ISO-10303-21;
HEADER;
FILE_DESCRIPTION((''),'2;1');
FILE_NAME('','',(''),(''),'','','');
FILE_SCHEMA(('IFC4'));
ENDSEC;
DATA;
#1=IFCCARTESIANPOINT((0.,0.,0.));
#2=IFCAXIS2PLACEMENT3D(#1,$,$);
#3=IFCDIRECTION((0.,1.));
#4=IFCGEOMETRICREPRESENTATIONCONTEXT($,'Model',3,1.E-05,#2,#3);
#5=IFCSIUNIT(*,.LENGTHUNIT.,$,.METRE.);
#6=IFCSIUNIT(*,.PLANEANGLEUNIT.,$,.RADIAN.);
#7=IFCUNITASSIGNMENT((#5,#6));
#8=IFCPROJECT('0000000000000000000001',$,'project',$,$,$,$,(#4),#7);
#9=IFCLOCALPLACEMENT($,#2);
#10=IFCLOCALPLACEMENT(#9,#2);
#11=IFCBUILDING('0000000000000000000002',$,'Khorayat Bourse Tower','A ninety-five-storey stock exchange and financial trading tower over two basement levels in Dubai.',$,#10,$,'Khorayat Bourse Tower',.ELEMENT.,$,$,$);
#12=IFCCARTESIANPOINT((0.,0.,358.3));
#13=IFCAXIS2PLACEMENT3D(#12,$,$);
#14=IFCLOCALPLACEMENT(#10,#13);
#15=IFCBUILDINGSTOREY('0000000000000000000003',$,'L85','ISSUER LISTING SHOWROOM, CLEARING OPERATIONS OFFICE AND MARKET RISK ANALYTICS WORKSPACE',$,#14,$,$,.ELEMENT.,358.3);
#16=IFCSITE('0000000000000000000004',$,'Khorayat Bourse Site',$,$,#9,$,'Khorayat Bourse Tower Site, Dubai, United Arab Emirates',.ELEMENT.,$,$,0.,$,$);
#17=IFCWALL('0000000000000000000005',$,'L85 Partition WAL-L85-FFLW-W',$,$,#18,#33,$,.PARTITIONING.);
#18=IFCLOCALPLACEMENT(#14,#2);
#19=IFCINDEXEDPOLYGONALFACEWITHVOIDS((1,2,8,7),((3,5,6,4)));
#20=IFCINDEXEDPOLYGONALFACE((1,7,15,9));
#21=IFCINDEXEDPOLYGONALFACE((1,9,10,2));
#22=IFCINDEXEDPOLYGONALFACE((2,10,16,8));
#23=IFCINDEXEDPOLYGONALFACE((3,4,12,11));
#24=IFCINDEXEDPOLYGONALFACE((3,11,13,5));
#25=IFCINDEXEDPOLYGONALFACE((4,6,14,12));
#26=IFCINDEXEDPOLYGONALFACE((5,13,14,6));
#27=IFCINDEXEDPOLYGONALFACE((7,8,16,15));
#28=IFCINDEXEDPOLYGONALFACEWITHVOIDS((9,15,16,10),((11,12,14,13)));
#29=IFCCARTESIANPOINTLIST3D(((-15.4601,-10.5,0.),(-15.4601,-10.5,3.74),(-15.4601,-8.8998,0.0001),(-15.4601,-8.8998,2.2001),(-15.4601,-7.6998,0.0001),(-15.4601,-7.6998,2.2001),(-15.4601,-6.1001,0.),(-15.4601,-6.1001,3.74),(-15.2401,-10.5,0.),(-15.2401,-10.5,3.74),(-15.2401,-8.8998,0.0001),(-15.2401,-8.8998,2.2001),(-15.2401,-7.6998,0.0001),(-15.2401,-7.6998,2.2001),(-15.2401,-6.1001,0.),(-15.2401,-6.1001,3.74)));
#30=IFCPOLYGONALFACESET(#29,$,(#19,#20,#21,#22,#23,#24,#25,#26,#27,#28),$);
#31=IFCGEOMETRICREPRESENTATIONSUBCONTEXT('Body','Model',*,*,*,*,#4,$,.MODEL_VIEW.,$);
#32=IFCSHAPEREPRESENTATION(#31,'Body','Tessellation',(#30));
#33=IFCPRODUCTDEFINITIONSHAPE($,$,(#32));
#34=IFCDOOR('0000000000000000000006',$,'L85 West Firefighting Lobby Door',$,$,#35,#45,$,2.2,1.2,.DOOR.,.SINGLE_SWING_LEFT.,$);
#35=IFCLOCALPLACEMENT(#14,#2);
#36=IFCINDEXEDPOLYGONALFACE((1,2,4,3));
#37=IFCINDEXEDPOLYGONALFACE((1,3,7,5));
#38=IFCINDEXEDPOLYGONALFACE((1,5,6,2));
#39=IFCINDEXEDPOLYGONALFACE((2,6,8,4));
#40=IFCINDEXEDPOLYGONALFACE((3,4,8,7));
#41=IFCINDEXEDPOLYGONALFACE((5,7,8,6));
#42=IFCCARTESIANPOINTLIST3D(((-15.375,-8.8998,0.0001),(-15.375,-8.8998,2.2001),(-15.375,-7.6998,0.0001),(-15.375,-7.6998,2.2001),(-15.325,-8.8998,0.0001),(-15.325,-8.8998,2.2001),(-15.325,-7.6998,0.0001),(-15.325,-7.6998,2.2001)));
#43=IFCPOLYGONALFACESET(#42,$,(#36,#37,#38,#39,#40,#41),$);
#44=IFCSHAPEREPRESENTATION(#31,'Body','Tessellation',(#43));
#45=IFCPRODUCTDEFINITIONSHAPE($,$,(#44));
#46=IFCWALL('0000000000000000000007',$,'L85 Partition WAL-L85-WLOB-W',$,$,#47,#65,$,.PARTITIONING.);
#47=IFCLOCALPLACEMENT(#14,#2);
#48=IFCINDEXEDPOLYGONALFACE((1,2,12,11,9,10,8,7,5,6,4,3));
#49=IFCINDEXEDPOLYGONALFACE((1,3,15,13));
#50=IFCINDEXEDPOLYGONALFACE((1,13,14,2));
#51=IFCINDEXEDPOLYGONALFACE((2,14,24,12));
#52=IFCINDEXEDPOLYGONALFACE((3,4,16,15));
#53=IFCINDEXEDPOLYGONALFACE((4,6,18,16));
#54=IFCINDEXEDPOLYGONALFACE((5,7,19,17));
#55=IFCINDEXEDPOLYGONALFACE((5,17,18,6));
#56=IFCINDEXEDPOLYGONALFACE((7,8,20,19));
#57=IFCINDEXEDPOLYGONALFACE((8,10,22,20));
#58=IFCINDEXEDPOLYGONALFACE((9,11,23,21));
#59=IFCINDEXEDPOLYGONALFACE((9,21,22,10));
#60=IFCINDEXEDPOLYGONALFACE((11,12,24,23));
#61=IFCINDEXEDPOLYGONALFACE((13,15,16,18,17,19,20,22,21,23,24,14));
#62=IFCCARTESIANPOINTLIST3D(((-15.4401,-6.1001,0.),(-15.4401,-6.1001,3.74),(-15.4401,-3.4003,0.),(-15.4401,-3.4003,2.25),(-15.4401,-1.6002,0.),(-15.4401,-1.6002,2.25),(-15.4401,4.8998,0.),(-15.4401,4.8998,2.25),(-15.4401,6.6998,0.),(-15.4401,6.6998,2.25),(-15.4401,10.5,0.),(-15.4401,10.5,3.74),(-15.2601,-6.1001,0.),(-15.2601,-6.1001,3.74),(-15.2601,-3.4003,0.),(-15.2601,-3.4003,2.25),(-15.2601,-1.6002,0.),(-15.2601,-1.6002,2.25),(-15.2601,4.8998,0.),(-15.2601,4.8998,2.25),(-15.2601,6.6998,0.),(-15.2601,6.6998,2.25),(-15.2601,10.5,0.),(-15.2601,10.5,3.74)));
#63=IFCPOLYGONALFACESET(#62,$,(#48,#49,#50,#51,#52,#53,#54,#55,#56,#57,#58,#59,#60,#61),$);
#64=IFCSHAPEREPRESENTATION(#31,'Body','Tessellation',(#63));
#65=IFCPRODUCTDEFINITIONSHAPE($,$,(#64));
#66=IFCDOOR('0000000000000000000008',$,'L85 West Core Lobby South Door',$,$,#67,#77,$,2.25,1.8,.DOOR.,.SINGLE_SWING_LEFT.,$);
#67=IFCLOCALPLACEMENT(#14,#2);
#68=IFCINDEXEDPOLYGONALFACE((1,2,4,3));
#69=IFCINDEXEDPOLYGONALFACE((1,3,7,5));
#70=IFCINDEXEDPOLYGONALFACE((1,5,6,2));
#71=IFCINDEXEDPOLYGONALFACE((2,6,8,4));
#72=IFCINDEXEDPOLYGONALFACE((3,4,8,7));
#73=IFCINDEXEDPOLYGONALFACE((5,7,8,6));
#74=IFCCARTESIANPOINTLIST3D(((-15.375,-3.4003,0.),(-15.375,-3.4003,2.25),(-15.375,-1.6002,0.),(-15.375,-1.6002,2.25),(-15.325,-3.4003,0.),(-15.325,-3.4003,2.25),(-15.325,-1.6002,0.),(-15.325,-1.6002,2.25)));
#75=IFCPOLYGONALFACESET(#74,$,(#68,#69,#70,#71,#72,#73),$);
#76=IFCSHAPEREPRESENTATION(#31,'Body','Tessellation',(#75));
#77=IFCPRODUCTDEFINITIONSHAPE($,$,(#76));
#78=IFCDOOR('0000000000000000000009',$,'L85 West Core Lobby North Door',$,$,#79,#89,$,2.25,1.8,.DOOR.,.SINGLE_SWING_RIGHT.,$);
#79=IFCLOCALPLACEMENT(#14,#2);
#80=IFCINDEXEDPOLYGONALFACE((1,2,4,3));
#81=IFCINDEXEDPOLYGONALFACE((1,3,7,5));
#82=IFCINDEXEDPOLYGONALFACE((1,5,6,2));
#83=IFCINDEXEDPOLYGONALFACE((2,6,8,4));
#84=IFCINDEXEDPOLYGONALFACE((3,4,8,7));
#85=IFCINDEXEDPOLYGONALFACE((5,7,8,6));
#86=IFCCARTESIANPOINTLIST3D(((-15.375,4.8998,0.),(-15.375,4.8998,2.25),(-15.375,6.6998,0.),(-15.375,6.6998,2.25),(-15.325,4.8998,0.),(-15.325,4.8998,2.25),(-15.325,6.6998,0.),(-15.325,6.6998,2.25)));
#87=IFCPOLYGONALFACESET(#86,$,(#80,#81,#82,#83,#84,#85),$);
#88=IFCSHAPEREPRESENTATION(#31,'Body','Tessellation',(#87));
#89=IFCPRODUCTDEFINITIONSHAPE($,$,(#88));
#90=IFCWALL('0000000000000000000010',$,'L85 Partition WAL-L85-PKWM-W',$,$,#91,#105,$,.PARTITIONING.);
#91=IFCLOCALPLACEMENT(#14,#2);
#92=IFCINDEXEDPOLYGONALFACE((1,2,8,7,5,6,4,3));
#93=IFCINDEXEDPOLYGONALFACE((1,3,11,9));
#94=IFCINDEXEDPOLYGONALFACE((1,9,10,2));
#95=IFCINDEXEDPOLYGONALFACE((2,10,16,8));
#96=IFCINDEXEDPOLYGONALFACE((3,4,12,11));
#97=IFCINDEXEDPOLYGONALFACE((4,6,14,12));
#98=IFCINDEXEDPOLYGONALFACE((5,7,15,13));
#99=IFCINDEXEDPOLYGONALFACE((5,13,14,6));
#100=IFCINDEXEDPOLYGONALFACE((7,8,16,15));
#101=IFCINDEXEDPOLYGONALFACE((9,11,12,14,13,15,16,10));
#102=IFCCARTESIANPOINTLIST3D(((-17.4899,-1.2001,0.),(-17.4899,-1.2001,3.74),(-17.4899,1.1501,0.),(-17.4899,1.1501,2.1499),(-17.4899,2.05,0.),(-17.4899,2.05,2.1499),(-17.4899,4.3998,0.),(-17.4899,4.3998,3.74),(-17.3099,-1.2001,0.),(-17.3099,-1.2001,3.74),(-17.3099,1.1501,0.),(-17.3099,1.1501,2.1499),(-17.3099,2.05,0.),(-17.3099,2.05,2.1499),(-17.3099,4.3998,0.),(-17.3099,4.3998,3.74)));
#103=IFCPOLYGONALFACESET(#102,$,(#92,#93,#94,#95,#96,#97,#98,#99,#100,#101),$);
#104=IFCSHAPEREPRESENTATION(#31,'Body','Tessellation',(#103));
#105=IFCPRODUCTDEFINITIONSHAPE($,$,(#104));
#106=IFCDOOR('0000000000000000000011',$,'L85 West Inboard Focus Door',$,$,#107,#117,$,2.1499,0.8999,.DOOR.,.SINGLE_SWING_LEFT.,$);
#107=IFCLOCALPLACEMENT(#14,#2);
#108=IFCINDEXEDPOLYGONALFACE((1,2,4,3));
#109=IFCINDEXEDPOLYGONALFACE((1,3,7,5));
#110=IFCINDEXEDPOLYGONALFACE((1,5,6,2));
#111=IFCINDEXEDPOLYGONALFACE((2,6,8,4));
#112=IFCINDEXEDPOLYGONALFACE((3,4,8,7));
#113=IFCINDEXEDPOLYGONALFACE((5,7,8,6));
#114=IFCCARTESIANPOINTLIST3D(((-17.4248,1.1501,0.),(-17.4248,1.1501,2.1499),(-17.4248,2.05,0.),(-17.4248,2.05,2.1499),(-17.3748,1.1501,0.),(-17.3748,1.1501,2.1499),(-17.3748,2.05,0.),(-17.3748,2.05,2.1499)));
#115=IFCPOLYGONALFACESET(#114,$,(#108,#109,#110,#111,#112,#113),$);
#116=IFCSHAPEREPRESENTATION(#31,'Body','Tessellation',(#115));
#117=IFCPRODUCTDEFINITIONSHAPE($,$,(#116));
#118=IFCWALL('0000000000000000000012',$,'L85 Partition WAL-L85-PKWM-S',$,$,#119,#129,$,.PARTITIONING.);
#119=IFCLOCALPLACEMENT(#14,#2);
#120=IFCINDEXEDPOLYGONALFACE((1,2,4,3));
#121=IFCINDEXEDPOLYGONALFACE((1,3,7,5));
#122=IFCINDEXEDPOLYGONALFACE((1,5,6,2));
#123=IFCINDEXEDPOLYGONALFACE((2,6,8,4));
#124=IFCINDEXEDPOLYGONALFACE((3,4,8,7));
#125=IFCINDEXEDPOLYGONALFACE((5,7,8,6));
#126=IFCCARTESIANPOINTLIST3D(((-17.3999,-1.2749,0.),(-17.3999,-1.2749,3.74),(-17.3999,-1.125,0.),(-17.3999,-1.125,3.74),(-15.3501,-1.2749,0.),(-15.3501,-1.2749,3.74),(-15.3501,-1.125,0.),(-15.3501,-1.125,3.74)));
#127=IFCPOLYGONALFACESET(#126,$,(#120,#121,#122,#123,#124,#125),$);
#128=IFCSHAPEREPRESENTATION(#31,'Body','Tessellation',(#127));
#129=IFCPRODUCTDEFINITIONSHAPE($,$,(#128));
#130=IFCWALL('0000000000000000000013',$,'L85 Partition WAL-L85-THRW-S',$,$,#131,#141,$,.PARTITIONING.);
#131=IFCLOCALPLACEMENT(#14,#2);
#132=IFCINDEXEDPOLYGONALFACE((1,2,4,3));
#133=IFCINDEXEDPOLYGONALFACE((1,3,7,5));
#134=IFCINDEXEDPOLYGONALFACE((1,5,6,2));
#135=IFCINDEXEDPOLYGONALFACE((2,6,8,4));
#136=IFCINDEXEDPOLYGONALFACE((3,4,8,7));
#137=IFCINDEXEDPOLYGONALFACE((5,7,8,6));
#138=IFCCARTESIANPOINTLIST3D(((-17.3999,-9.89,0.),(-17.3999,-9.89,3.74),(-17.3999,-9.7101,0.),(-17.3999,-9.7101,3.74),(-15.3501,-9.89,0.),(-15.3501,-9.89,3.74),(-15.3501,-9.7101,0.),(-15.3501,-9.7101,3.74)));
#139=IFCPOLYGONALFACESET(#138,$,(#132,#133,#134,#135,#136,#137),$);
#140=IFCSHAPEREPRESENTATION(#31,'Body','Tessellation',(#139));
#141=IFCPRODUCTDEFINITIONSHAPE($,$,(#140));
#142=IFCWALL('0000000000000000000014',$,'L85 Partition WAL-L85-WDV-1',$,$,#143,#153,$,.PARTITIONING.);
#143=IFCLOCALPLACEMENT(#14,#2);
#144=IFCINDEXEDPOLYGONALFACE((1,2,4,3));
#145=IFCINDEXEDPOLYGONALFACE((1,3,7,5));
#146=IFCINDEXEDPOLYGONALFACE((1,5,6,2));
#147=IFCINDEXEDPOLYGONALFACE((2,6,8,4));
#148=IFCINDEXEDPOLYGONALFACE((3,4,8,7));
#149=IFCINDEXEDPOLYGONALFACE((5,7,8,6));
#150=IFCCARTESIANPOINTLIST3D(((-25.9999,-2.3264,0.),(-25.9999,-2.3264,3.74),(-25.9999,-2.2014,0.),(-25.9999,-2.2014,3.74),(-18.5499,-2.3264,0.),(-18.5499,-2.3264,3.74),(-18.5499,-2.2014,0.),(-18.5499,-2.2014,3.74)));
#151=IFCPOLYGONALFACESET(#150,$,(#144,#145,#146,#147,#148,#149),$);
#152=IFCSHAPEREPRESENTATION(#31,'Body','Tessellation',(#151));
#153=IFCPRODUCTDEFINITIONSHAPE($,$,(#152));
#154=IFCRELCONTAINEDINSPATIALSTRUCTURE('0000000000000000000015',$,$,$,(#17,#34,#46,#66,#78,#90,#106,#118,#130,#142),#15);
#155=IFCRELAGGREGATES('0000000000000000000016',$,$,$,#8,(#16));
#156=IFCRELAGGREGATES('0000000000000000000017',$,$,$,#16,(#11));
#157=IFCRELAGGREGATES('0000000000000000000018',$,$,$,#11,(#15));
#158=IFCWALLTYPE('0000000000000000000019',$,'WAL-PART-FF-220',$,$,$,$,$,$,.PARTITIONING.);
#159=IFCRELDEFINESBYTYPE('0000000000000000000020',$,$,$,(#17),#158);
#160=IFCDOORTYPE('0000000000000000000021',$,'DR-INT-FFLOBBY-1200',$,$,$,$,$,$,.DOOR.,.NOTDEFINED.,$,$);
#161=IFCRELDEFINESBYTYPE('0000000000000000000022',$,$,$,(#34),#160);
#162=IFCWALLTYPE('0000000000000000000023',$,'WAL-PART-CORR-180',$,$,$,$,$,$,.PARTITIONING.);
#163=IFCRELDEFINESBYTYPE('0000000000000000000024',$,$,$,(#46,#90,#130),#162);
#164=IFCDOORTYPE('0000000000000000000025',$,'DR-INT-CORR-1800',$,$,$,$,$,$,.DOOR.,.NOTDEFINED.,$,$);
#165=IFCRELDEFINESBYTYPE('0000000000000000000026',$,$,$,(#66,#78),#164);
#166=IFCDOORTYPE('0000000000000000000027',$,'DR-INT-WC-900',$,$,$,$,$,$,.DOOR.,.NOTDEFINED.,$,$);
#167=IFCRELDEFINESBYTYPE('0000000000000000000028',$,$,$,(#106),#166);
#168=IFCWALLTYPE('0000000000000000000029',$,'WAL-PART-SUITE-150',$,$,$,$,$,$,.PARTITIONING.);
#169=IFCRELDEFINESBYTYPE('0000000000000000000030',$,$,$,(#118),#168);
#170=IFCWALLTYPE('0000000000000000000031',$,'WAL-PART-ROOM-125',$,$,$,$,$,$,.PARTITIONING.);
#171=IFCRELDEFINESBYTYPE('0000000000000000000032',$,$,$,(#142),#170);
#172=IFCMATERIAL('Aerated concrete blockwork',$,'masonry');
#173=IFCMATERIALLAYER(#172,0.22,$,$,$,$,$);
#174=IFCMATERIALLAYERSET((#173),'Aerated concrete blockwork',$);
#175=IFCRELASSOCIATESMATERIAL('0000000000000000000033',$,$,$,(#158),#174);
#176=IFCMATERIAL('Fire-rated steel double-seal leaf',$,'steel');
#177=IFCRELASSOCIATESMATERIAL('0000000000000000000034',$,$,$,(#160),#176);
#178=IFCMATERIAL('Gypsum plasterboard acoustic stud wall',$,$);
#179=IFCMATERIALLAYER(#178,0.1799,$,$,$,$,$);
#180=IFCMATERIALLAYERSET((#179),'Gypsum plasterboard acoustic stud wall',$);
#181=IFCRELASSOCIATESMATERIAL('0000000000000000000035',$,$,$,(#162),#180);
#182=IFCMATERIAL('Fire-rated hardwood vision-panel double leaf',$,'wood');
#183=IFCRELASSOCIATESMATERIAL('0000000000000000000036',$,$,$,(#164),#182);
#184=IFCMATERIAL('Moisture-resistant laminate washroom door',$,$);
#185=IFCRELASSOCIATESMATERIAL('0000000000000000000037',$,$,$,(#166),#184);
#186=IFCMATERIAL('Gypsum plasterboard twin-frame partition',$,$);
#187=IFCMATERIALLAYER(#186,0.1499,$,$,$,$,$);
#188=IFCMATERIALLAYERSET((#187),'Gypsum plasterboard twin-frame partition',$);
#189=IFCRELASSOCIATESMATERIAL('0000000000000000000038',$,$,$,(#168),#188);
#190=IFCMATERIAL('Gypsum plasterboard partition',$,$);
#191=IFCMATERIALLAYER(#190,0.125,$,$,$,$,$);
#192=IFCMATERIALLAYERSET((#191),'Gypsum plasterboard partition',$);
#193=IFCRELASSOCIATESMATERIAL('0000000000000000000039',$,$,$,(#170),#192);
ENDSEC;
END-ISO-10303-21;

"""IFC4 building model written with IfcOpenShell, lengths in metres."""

from ifc_helpers import new_model, si_unit, direction, frame, frame_2d, origin, place, context, subcontext, project, spatial, rectangle, extrude, source, transform, mapped, material, layer, layer_set, type_object, element, fill, save


model = new_model("IFC4")

# Units and contexts
model_context = context("Model", 3, precision=1e-05, world=origin(), true_north=direction((0.0, 1.0)))
body_context = subcontext(model_context, "Body", "Model", "MODEL_VIEW")
ifc_project = project(units=[si_unit("LENGTHUNIT", "METRE"), si_unit("PLANEANGLEUNIT", "RADIAN")], contexts=[model_context])

# Site, building, storey
site_placement = place(None, origin())
site = spatial("IfcSite", under=ifc_project, at=site_placement, Name="Khorayat Bourse Site", LongName="Khorayat Bourse Tower Site, Dubai, United Arab Emirates", CompositionType="ELEMENT", RefElevation=0.0)
building_placement = place(site_placement, origin())
building = spatial("IfcBuilding", under=site, at=building_placement, Name="Khorayat Bourse Tower", Description="A ninety-five-storey stock exchange and financial trading tower over two basement levels in Dubai.", LongName="Khorayat Bourse Tower", CompositionType="ELEMENT")
storey_placement = place(building_placement, frame((0.0, 0.0, 358.3)))
storey = spatial("IfcBuildingStorey", under=building, at=storey_placement, Name="L85", Description="ISSUER LISTING SHOWROOM, CLEARING OPERATIONS OFFICE AND MARKET RISK ANALYTICS WORKSPACE", CompositionType="ELEMENT", Elevation=358.3)

# Shared definitions
ifc_material_1 = material(Name="Aerated concrete blockwork", Category="masonry")
ifc_layer_1 = layer(ifc_material_1, 0.22)
ifc_layer_set_1 = layer_set([ifc_layer_1], Name="Aerated concrete blockwork")
wall_type_1 = type_object("IfcWallType", Name="WAL-PART-FF-220", PredefinedType="PARTITIONING", material=ifc_layer_set_1)

# Wall, opening, door
shared_shape_1 = source(origin(), body_context, "Body", "SweptSolid", [
    extrude(rectangle(XDim=4.3999, YDim=0.22, at=frame_2d((2.2, 0.0))), origin(), (0.0, 0.0, 1.0), 3.74),
])
wall_1_placement = place(storey_placement, frame((-15.3501, -10.5, 0.0), z_axis=(0.0, 0.0, 1.0), x_axis=(0.0, 1.0, 0.0)))
wall_1 = element("IfcWall", 1, at=wall_1_placement, inside=storey, type_object=wall_type_1, Name="L85 Partition WAL-L85-FFLW-W", PredefinedType="PARTITIONING", context=body_context, shape_type="MappedRepresentation", body=[
    mapped(shared_shape_1, transform((0.0, 0.0, 0.0), scale=1.0)),
])
shared_shape_2 = source(origin(), body_context, "Body", "SweptSolid", [
    extrude(rectangle(XDim=1.2, YDim=2.2, at=frame_2d((0.6001, 1.1001))), frame((0.0, 0.1199, 0.0), z_axis=(0.0, -1.0, 0.0), x_axis=(1.0, 0.0, 0.0)), (0.0, 0.0, 1.0), 0.24),
])
opening_1_placement = place(wall_1_placement, frame((1.6001, 0.0, 0.0)))
opening_1 = element("IfcOpeningElement", 2, at=opening_1_placement, cuts=wall_1, PredefinedType="OPENING", context=body_context, shape_type="MappedRepresentation", body=[
    mapped(shared_shape_2, transform((0.0, 0.0, 0.0), scale=1.0)),
])
ifc_material_2 = material(Name="Fire-rated steel double-seal leaf", Category="steel")
door_type_1 = type_object("IfcDoorType", Name="DR-INT-FFLOBBY-1200", OperationType="NOTDEFINED", PredefinedType="DOOR", material=ifc_material_2)
shared_shape_3 = source(origin(), body_context, "Body", "SweptSolid", [
    extrude(rectangle(XDim=1.2, YDim=2.2, at=frame_2d((0.6001, 1.1001))), frame((0.0, 0.0249, 0.0), z_axis=(0.0, -1.0, 0.0), x_axis=(1.0, 0.0, 0.0)), (0.0, 0.0, 1.0), 0.05),
])
door_1_placement = place(opening_1_placement, origin())
door_1 = element("IfcDoor", 3, at=door_1_placement, inside=storey, type_object=door_type_1, Name="L85 West Firefighting Lobby Door", OperationType="SINGLE_SWING_LEFT", OverallHeight=2.2, OverallWidth=1.2, PredefinedType="DOOR", context=body_context, shape_type="MappedRepresentation", body=[
    mapped(shared_shape_3, transform((0.0, 0.0, 0.0), scale=1.0)),
])
fill(opening_1, door_1)

# Wall, openings, doors
ifc_material_3 = material(Name="Gypsum plasterboard acoustic stud wall")
ifc_layer_2 = layer(ifc_material_3, 0.1799)
ifc_layer_set_2 = layer_set([ifc_layer_2], Name="Gypsum plasterboard acoustic stud wall")
wall_type_2 = type_object("IfcWallType", Name="WAL-PART-CORR-180", PredefinedType="PARTITIONING", material=ifc_layer_set_2)
shared_shape_4 = source(origin(), body_context, "Body", "SweptSolid", [
    extrude(rectangle(XDim=16.6001, YDim=0.1799, at=frame_2d((8.3, 0.0))), origin(), (0.0, 0.0, 1.0), 3.74),
])
wall_2_placement = place(storey_placement, frame((-15.3501, -6.1001, 0.0), z_axis=(0.0, 0.0, 1.0), x_axis=(0.0, 1.0, 0.0)))
wall_2 = element("IfcWall", 4, at=wall_2_placement, inside=storey, type_object=wall_type_2, Name="L85 Partition WAL-L85-WLOB-W", PredefinedType="PARTITIONING", context=body_context, shape_type="MappedRepresentation", body=[
    mapped(shared_shape_4, transform((0.0, 0.0, 0.0), scale=1.0)),
])
shared_shape_5 = source(origin(), body_context, "Body", "SweptSolid", [
    extrude(rectangle(XDim=1.8, YDim=2.25, at=frame_2d((0.8999, 1.125))), frame((0.0, 0.0999, 0.0), z_axis=(0.0, -1.0, 0.0), x_axis=(1.0, 0.0, 0.0)), (0.0, 0.0, 1.0), 0.2),
])
opening_2_placement = place(wall_2_placement, frame((2.7, 0.0, 0.0)))
opening_2 = element("IfcOpeningElement", 5, at=opening_2_placement, cuts=wall_2, PredefinedType="OPENING", context=body_context, shape_type="MappedRepresentation", body=[
    mapped(shared_shape_5, transform((0.0, 0.0, 0.0), scale=1.0)),
])
opening_3_placement = place(wall_2_placement, frame((11.0, 0.0, 0.0)))
opening_3 = element("IfcOpeningElement", 6, at=opening_3_placement, cuts=wall_2, PredefinedType="OPENING", context=body_context, shape_type="MappedRepresentation", body=[
    mapped(shared_shape_5, transform((0.0, 0.0, 0.0), scale=1.0)),
])
ifc_material_4 = material(Name="Fire-rated hardwood vision-panel double leaf", Category="wood")
door_type_2 = type_object("IfcDoorType", Name="DR-INT-CORR-1800", OperationType="NOTDEFINED", PredefinedType="DOOR", material=ifc_material_4)
shared_shape_6 = source(origin(), body_context, "Body", "SweptSolid", [
    extrude(rectangle(XDim=1.8, YDim=2.25, at=frame_2d((0.8999, 1.125))), frame((0.0, 0.0249, 0.0), z_axis=(0.0, -1.0, 0.0), x_axis=(1.0, 0.0, 0.0)), (0.0, 0.0, 1.0), 0.05),
])
door_2_placement = place(opening_2_placement, origin())
door_2 = element("IfcDoor", 7, at=door_2_placement, inside=storey, type_object=door_type_2, Name="L85 West Core Lobby South Door", OperationType="SINGLE_SWING_LEFT", OverallHeight=2.25, OverallWidth=1.8, PredefinedType="DOOR", context=body_context, shape_type="MappedRepresentation", body=[
    mapped(shared_shape_6, transform((0.0, 0.0, 0.0), scale=1.0)),
])
fill(opening_2, door_2)
door_3_placement = place(opening_3_placement, origin())
door_3 = element("IfcDoor", 8, at=door_3_placement, inside=storey, type_object=door_type_2, Name="L85 West Core Lobby North Door", OperationType="SINGLE_SWING_RIGHT", OverallHeight=2.25, OverallWidth=1.8, PredefinedType="DOOR", context=body_context, shape_type="MappedRepresentation", body=[
    mapped(shared_shape_6, transform((0.0, 0.0, 0.0), scale=1.0)),
])
fill(opening_3, door_3)

# Wall, opening, door
shared_shape_7 = source(origin(), body_context, "Body", "SweptSolid", [
    extrude(rectangle(XDim=5.5999, YDim=0.1799, at=frame_2d((2.7998, 0.0))), origin(), (0.0, 0.0, 1.0), 3.74),
])
wall_3_placement = place(storey_placement, frame((-17.3999, -1.2, 0.0), z_axis=(0.0, 0.0, 1.0), x_axis=(0.0, 1.0, 0.0)))
wall_3 = element("IfcWall", 9, at=wall_3_placement, inside=storey, type_object=wall_type_2, Name="L85 Partition WAL-L85-PKWM-W", PredefinedType="PARTITIONING", context=body_context, shape_type="MappedRepresentation", body=[
    mapped(shared_shape_7, transform((0.0, 0.0, 0.0), scale=1.0)),
])
shared_shape_8 = source(origin(), body_context, "Body", "SweptSolid", [
    extrude(rectangle(XDim=0.8999, YDim=2.1499, at=frame_2d((0.45, 1.075))), frame((0.0, 0.0999, 0.0), z_axis=(0.0, -1.0, 0.0), x_axis=(1.0, 0.0, 0.0)), (0.0, 0.0, 1.0), 0.2),
])
opening_4_placement = place(wall_3_placement, frame((2.3501, 0.0, 0.0)))
opening_4 = element("IfcOpeningElement", 10, at=opening_4_placement, cuts=wall_3, PredefinedType="OPENING", context=body_context, shape_type="MappedRepresentation", body=[
    mapped(shared_shape_8, transform((0.0, 0.0, 0.0), scale=1.0)),
])
ifc_material_5 = material(Name="Moisture-resistant laminate washroom door")
door_type_3 = type_object("IfcDoorType", Name="DR-INT-WC-900", OperationType="NOTDEFINED", PredefinedType="DOOR", material=ifc_material_5)
shared_shape_9 = source(origin(), body_context, "Body", "SweptSolid", [
    extrude(rectangle(XDim=0.8999, YDim=2.1499, at=frame_2d((0.45, 1.075))), frame((0.0, 0.0249, 0.0), z_axis=(0.0, -1.0, 0.0), x_axis=(1.0, 0.0, 0.0)), (0.0, 0.0, 1.0), 0.05),
])
door_4_placement = place(opening_4_placement, origin())
door_4 = element("IfcDoor", 11, at=door_4_placement, inside=storey, type_object=door_type_3, Name="L85 West Inboard Focus Door", OperationType="SINGLE_SWING_LEFT", OverallHeight=2.1499, OverallWidth=0.8999, PredefinedType="DOOR", context=body_context, shape_type="MappedRepresentation", body=[
    mapped(shared_shape_9, transform((0.0, 0.0, 0.0), scale=1.0)),
])
fill(opening_4, door_4)

# Walls
ifc_material_6 = material(Name="Gypsum plasterboard twin-frame partition")
ifc_layer_3 = layer(ifc_material_6, 0.1499)
ifc_layer_set_3 = layer_set([ifc_layer_3], Name="Gypsum plasterboard twin-frame partition")
wall_type_3 = type_object("IfcWallType", Name="WAL-PART-SUITE-150", PredefinedType="PARTITIONING", material=ifc_layer_set_3)
shared_shape_10 = source(origin(), body_context, "Body", "SweptSolid", [
    extrude(rectangle(XDim=2.0498, YDim=0.1499, at=frame_2d((1.0249, 0.0))), origin(), (0.0, 0.0, 1.0), 3.74),
])
wall_4_placement = place(storey_placement, frame((-17.3999, -1.2, 0.0), z_axis=(0.0, 0.0, 1.0), x_axis=(1.0, 0.0, 0.0)))
element("IfcWall", 12, at=wall_4_placement, inside=storey, type_object=wall_type_3, Name="L85 Partition WAL-L85-PKWM-S", PredefinedType="PARTITIONING", context=body_context, shape_type="MappedRepresentation", body=[
    mapped(shared_shape_10, transform((0.0, 0.0, 0.0), scale=1.0)),
])
shared_shape_11 = source(origin(), body_context, "Body", "SweptSolid", [
    extrude(rectangle(XDim=2.0498, YDim=0.1799, at=frame_2d((1.0249, 0.0))), origin(), (0.0, 0.0, 1.0), 3.74),
])
wall_5_placement = place(storey_placement, frame((-17.3999, -9.8, 0.0), z_axis=(0.0, 0.0, 1.0), x_axis=(1.0, 0.0, 0.0)))
element("IfcWall", 13, at=wall_5_placement, inside=storey, type_object=wall_type_2, Name="L85 Partition WAL-L85-THRW-S", PredefinedType="PARTITIONING", context=body_context, shape_type="MappedRepresentation", body=[
    mapped(shared_shape_11, transform((0.0, 0.0, 0.0), scale=1.0)),
])
ifc_material_7 = material(Name="Gypsum plasterboard partition")
ifc_layer_4 = layer(ifc_material_7, 0.125)
ifc_layer_set_4 = layer_set([ifc_layer_4], Name="Gypsum plasterboard partition")
wall_type_4 = type_object("IfcWallType", Name="WAL-PART-ROOM-125", PredefinedType="PARTITIONING", material=ifc_layer_set_4)
shared_shape_12 = source(origin(), body_context, "Body", "SweptSolid", [
    extrude(rectangle(XDim=7.45, YDim=0.125, at=frame_2d((3.7251, 0.0))), origin(), (0.0, 0.0, 1.0), 3.74),
])
wall_6_placement = place(storey_placement, frame((-26.0, -2.2639, 0.0), z_axis=(0.0, 0.0, 1.0), x_axis=(1.0, 0.0, 0.0)))
element("IfcWall", 14, at=wall_6_placement, inside=storey, type_object=wall_type_4, Name="L85 Partition WAL-L85-WDV-1", PredefinedType="PARTITIONING", context=body_context, shape_type="MappedRepresentation", body=[
    mapped(shared_shape_12, transform((0.0, 0.0, 0.0), scale=1.0)),
])

save(model, "model.ifc")
